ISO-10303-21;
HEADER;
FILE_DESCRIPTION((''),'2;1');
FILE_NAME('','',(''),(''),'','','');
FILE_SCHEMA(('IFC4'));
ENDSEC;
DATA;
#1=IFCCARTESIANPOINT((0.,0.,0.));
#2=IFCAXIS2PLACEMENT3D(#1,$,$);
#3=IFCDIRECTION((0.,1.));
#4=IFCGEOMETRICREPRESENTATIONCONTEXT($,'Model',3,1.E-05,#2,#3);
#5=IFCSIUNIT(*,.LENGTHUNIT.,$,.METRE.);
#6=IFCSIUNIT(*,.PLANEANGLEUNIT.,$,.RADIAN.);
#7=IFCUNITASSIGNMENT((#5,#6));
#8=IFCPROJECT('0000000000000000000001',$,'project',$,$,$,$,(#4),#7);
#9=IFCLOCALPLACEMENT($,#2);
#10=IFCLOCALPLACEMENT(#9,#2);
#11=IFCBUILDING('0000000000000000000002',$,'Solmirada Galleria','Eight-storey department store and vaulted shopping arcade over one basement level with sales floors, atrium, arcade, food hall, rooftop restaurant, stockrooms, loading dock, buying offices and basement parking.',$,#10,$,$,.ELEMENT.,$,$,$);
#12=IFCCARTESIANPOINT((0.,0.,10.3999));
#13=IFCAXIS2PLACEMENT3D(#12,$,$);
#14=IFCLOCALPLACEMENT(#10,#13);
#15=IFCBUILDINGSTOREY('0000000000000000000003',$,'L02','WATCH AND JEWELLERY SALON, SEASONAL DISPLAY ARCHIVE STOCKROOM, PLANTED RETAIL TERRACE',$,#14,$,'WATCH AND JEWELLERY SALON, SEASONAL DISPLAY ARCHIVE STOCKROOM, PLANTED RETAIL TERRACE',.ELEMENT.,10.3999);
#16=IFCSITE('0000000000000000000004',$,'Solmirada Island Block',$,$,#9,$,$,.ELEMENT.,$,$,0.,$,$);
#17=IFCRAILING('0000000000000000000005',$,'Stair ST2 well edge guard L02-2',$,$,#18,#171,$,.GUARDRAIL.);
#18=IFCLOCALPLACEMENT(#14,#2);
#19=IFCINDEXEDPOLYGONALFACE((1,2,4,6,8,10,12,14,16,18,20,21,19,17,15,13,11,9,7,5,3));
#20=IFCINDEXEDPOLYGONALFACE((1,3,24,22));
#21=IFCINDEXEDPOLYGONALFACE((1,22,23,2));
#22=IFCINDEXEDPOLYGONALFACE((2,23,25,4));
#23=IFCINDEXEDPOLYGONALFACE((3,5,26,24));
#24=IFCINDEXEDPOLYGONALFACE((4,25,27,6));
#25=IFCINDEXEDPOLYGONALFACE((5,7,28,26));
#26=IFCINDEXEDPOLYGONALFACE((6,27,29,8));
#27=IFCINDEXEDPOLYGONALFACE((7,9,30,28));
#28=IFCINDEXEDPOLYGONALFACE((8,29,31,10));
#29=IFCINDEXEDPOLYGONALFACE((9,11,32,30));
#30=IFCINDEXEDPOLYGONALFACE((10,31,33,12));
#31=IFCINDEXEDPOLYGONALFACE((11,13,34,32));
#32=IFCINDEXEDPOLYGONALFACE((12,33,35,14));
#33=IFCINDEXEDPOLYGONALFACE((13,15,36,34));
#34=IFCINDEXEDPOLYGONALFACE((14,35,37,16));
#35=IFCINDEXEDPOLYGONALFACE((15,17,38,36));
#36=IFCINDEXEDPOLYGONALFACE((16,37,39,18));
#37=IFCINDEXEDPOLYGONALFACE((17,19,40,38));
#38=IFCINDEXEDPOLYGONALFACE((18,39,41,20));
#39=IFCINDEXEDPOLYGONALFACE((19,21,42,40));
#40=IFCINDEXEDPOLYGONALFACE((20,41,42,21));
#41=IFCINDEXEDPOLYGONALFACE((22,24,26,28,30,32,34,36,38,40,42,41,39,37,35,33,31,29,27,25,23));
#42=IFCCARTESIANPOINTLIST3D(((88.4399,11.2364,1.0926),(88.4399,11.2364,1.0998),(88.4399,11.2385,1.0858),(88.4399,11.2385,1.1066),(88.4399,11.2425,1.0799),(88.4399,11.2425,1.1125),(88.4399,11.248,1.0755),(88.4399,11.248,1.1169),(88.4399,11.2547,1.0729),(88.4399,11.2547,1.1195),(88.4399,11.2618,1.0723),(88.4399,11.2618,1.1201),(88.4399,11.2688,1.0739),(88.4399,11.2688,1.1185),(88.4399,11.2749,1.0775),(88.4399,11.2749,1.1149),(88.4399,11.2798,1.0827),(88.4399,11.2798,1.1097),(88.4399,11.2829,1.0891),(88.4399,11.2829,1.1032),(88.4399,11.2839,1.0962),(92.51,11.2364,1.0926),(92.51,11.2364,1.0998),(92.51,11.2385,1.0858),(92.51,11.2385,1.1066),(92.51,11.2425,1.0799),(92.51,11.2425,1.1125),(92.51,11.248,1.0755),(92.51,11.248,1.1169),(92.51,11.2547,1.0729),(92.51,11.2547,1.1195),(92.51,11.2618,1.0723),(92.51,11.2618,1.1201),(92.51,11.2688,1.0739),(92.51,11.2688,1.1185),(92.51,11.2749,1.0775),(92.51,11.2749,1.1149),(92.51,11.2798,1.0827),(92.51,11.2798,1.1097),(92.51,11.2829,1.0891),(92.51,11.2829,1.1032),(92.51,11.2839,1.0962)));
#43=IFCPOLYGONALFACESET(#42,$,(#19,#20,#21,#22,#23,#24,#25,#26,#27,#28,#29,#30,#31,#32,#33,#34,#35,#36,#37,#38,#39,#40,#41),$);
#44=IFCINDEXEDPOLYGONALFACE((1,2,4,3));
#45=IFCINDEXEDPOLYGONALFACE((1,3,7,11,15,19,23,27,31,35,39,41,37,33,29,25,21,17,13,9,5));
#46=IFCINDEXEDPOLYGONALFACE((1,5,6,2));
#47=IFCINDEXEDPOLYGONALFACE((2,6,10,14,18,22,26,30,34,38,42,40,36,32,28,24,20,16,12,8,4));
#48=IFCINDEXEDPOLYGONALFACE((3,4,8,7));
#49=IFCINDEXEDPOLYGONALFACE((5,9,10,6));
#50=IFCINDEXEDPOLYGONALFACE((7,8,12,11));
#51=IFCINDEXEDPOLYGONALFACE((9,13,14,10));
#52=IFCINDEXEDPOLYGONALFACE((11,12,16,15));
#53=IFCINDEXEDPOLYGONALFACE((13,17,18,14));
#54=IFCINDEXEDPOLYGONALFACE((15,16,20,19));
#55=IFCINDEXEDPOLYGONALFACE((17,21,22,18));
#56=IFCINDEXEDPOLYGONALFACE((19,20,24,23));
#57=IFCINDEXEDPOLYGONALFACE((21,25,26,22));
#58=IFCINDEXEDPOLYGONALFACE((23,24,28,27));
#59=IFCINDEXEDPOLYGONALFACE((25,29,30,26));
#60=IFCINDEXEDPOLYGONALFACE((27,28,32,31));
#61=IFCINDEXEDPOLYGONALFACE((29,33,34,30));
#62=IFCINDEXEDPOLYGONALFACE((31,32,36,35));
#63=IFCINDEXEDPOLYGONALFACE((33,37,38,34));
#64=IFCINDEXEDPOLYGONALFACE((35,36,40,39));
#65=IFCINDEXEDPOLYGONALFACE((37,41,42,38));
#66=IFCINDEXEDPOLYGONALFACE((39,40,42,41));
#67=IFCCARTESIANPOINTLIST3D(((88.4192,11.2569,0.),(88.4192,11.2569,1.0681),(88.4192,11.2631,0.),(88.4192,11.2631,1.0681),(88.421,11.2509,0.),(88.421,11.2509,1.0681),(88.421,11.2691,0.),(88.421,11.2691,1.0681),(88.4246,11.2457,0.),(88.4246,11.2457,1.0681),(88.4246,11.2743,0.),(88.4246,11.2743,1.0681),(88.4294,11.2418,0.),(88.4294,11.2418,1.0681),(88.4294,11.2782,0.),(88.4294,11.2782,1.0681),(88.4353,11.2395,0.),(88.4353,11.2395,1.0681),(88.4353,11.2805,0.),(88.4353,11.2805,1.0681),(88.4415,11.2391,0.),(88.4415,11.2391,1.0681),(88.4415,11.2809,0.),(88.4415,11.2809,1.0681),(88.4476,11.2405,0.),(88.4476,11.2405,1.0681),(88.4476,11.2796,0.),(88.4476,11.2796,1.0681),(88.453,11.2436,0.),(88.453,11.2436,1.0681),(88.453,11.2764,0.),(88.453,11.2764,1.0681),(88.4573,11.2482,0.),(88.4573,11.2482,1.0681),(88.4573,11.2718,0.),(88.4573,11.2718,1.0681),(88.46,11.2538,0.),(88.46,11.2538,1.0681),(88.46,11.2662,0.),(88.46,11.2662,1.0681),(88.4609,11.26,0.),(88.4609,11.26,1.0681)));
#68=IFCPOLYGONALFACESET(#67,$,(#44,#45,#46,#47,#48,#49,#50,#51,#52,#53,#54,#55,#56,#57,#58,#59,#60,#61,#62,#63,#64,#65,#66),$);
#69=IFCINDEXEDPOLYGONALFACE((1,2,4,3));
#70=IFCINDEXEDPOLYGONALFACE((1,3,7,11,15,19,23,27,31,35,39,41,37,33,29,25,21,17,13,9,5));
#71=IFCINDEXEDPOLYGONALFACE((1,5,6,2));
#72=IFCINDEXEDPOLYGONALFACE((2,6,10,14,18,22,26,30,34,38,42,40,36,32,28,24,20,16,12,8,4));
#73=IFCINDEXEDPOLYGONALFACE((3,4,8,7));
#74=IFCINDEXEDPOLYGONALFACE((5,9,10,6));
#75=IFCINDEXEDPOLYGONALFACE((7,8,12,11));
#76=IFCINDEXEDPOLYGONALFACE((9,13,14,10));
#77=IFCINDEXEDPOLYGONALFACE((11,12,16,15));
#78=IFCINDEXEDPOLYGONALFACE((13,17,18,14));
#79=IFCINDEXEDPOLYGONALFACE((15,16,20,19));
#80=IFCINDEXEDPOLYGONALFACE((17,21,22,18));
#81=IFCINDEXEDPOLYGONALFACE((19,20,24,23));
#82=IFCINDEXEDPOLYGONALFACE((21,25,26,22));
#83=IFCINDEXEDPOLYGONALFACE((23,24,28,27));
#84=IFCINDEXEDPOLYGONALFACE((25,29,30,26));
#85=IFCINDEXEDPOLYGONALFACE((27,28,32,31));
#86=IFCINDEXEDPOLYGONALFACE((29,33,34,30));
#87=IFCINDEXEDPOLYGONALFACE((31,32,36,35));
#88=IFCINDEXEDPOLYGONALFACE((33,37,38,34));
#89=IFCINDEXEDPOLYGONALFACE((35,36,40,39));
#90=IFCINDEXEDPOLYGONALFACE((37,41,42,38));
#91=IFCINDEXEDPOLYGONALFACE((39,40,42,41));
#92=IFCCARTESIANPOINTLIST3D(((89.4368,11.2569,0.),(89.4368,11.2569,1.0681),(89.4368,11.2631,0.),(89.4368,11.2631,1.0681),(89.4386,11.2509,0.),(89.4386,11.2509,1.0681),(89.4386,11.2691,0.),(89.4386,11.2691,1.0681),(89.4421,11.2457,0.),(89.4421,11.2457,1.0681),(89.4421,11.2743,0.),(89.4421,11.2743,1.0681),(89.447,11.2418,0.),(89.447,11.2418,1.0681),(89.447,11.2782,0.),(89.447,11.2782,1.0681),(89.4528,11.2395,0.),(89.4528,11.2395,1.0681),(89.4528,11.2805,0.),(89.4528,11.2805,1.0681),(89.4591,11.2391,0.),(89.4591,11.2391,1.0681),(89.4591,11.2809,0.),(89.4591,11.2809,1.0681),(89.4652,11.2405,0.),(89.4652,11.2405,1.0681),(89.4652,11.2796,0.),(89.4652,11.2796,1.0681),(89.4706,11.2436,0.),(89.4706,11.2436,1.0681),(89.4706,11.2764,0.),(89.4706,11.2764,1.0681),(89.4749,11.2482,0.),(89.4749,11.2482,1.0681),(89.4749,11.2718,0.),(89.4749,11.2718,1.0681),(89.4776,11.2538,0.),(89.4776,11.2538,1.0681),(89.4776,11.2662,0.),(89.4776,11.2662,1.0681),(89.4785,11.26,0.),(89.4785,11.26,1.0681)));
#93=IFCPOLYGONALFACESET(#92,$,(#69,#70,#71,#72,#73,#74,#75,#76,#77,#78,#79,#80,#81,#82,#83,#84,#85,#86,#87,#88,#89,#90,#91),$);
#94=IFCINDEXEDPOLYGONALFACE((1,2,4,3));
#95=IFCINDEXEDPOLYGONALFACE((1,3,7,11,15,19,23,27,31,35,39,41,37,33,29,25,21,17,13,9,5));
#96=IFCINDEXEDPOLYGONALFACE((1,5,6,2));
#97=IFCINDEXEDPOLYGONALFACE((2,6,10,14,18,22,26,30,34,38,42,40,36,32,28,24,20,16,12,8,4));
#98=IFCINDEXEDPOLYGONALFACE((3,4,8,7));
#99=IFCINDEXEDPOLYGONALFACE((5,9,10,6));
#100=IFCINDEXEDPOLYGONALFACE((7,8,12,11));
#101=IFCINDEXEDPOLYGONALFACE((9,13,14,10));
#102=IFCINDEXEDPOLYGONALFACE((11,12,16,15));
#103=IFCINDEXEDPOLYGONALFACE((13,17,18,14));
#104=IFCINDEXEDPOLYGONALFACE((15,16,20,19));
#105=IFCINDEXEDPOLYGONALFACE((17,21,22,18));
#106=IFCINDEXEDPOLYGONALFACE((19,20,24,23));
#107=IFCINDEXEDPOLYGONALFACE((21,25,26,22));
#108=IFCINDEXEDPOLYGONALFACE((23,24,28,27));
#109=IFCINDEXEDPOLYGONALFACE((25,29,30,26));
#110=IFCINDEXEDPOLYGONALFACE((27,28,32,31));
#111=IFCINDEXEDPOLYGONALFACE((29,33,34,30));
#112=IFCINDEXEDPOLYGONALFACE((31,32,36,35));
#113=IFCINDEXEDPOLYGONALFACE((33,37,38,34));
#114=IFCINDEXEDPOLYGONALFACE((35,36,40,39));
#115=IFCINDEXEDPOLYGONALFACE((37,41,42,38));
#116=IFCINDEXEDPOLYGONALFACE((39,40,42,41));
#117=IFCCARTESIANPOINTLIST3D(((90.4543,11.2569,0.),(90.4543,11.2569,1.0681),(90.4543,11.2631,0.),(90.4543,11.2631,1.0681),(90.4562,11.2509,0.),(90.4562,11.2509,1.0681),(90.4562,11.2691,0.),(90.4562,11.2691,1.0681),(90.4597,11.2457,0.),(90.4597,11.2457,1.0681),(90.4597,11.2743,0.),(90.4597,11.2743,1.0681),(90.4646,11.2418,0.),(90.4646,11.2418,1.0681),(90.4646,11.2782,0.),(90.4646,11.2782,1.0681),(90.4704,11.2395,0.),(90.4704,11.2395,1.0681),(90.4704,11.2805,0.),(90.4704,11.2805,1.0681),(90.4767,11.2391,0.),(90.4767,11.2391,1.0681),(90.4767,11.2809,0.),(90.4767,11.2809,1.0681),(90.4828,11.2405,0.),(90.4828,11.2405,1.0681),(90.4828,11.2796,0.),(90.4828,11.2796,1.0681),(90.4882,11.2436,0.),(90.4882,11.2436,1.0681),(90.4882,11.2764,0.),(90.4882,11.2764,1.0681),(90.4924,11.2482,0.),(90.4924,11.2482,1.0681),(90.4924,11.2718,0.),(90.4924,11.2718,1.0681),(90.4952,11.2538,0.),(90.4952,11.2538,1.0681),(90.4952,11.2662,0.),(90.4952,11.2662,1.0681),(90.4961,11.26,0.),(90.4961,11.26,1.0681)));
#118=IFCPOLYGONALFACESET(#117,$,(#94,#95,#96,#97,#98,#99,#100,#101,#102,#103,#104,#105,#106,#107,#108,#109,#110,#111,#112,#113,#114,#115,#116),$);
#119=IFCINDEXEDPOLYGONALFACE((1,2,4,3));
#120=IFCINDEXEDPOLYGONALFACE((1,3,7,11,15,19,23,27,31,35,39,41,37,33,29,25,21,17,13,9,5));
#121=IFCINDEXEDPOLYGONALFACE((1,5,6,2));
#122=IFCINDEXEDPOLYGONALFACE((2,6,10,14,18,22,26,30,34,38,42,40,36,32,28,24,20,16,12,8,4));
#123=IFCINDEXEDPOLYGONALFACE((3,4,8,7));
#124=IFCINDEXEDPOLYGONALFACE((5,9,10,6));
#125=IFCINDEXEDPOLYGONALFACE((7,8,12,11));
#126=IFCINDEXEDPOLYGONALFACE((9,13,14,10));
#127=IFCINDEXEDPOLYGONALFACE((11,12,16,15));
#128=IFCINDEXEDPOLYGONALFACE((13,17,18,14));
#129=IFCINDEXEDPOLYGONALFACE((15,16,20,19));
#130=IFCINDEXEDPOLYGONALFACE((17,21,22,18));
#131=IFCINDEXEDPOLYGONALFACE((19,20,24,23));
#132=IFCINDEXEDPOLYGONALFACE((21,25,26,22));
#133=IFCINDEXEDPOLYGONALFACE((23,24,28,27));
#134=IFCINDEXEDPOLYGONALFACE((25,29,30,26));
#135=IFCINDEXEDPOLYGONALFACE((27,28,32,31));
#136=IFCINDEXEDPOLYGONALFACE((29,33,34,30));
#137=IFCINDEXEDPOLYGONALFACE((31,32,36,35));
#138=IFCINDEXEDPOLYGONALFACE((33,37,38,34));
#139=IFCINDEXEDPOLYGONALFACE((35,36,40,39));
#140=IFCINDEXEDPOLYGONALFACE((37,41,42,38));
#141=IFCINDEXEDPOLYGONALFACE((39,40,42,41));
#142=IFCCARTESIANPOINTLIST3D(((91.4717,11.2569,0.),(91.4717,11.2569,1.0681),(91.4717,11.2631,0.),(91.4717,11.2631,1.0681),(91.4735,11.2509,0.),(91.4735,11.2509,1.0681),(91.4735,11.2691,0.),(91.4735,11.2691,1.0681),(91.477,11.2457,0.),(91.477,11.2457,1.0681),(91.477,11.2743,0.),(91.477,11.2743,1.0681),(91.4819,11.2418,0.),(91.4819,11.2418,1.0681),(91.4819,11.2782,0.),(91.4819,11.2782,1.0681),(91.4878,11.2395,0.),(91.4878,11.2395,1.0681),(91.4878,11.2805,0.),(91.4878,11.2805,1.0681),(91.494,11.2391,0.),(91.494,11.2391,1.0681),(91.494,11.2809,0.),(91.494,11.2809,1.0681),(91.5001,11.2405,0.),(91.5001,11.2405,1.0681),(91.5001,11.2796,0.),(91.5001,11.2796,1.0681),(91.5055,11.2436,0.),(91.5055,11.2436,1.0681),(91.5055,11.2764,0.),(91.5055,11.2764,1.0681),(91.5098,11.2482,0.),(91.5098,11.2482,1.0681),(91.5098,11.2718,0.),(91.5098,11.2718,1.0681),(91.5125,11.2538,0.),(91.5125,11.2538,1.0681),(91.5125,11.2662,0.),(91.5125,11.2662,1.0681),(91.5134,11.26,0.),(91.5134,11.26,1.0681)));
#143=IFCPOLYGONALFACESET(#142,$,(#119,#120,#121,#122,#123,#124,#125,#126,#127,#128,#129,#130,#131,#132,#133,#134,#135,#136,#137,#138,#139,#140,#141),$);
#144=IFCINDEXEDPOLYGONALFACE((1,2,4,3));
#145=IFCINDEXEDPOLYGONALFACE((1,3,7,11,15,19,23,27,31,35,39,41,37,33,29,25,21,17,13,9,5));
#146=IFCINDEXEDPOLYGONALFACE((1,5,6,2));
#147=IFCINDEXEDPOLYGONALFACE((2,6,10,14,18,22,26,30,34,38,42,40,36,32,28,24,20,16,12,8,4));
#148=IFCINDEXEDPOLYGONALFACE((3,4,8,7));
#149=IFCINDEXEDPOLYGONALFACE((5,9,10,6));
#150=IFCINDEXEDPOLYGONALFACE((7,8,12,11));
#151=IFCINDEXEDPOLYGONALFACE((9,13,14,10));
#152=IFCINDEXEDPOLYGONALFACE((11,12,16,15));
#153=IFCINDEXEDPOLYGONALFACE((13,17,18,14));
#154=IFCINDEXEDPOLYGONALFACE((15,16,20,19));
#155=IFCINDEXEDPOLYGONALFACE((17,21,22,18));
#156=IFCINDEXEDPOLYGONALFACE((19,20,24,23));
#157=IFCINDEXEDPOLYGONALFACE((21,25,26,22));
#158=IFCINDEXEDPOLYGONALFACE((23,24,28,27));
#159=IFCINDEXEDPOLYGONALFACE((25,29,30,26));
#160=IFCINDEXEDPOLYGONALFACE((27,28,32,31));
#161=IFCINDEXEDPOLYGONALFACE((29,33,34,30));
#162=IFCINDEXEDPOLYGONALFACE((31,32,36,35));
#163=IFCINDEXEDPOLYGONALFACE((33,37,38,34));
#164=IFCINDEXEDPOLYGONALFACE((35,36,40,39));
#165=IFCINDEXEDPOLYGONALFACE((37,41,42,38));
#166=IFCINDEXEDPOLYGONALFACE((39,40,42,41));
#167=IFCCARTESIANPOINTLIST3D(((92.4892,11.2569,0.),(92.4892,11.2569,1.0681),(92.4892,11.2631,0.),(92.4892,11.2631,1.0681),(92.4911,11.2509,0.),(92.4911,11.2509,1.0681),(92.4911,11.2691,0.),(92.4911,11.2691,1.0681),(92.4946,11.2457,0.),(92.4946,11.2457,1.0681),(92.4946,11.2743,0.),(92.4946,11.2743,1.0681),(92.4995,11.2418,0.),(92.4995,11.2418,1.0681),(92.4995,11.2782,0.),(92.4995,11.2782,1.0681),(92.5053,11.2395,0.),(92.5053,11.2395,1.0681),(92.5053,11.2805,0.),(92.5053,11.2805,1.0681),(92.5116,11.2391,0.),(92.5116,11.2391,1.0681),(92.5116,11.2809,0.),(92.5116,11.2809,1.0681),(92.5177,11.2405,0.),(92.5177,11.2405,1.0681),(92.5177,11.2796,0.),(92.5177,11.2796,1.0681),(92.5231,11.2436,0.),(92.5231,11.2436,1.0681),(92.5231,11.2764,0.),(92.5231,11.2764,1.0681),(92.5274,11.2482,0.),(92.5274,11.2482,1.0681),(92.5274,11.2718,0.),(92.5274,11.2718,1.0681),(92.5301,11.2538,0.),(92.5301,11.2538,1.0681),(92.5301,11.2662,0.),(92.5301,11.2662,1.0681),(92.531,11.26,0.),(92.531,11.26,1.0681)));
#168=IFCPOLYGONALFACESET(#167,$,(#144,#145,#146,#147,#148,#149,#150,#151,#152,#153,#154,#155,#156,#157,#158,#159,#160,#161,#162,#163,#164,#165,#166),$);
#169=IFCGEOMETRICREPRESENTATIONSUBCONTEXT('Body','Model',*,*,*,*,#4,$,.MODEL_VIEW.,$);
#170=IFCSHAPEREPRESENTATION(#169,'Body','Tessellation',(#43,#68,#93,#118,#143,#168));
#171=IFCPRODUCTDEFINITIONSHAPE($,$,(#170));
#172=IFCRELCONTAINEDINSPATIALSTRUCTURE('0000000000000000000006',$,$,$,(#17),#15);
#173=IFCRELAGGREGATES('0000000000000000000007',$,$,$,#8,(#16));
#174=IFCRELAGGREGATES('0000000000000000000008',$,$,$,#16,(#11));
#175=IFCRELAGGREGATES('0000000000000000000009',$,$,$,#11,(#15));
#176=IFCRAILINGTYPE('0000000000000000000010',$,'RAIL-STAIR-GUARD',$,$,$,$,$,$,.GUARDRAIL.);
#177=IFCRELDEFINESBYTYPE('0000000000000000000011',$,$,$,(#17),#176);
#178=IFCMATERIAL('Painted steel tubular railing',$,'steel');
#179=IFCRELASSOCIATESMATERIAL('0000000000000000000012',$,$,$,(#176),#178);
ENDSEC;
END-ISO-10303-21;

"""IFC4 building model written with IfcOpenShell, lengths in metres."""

from ifc_helpers import new_model, si_unit, direction, frame, origin, origin_2d, place, context, subcontext, project, spatial, circle, extrude, material, type_object, element, save


model = new_model("IFC4")

# Units and contexts
model_context = context("Model", 3, precision=1e-05, world=origin(), true_north=direction((0.0, 1.0)))
body_context = subcontext(model_context, "Body", "Model", "MODEL_VIEW")
ifc_project = project(units=[si_unit("LENGTHUNIT", "METRE"), si_unit("PLANEANGLEUNIT", "RADIAN")], contexts=[model_context])

# Site, building, storey
site_placement = place(None, origin())
site = spatial("IfcSite", under=ifc_project, at=site_placement, Name="Solmirada Island Block", CompositionType="ELEMENT", RefElevation=0.0)
building_placement = place(site_placement, origin())
building = spatial("IfcBuilding", under=site, at=building_placement, Name="Solmirada Galleria", Description="Eight-storey department store and vaulted shopping arcade over one basement level with sales floors, atrium, arcade, food hall, rooftop restaurant, stockrooms, loading dock, buying offices and basement parking.", CompositionType="ELEMENT")
storey_placement = place(building_placement, frame((0.0, 0.0, 10.3999)))
storey = spatial("IfcBuildingStorey", under=building, at=storey_placement, Name="L02", Description="WATCH AND JEWELLERY SALON, SEASONAL DISPLAY ARCHIVE STOCKROOM, PLANTED RETAIL TERRACE", LongName="WATCH AND JEWELLERY SALON, SEASONAL DISPLAY ARCHIVE STOCKROOM, PLANTED RETAIL TERRACE", CompositionType="ELEMENT", Elevation=10.3999)

# Railing
ifc_material_1 = material(Name="Painted steel tubular railing", Category="steel")
railing_type = type_object("IfcRailingType", Name="RAIL-STAIR-GUARD", PredefinedType="GUARDRAIL", material=ifc_material_1)
railing_1_placement = place(storey_placement, frame((88.4399, 11.26, 0.0)))
element("IfcRailing", 1, at=railing_1_placement, inside=storey, type_object=railing_type, Name="Stair ST2 well edge guard L02-2", PredefinedType="GUARDRAIL", context=body_context, shape_type="SweptSolid", body=[
    extrude(circle(Radius=0.0239, at=origin_2d()), frame((0.0, 0.0, 1.0962), z_axis=(1.0, 0.0, 0.0), x_axis=(0.0, 1.0, 0.0)), (0.0, 0.0, 1.0), 4.0701),
    extrude(circle(Radius=0.021, at=origin_2d()), origin(), (0.0, 0.0, 1.0), 1.0681),
    extrude(circle(Radius=0.021, at=origin_2d()), frame((1.0176, 0.0, 0.0)), (0.0, 0.0, 1.0), 1.0681),
    extrude(circle(Radius=0.021, at=origin_2d()), frame((2.0352, 0.0, 0.0)), (0.0, 0.0, 1.0), 1.0681),
    extrude(circle(Radius=0.021, at=origin_2d()), frame((3.0525, 0.0, 0.0)), (0.0, 0.0, 1.0), 1.0681),
    extrude(circle(Radius=0.021, at=origin_2d()), frame((4.0701, 0.0, 0.0)), (0.0, 0.0, 1.0), 1.0681),
])

save(model, "model.ifc")
